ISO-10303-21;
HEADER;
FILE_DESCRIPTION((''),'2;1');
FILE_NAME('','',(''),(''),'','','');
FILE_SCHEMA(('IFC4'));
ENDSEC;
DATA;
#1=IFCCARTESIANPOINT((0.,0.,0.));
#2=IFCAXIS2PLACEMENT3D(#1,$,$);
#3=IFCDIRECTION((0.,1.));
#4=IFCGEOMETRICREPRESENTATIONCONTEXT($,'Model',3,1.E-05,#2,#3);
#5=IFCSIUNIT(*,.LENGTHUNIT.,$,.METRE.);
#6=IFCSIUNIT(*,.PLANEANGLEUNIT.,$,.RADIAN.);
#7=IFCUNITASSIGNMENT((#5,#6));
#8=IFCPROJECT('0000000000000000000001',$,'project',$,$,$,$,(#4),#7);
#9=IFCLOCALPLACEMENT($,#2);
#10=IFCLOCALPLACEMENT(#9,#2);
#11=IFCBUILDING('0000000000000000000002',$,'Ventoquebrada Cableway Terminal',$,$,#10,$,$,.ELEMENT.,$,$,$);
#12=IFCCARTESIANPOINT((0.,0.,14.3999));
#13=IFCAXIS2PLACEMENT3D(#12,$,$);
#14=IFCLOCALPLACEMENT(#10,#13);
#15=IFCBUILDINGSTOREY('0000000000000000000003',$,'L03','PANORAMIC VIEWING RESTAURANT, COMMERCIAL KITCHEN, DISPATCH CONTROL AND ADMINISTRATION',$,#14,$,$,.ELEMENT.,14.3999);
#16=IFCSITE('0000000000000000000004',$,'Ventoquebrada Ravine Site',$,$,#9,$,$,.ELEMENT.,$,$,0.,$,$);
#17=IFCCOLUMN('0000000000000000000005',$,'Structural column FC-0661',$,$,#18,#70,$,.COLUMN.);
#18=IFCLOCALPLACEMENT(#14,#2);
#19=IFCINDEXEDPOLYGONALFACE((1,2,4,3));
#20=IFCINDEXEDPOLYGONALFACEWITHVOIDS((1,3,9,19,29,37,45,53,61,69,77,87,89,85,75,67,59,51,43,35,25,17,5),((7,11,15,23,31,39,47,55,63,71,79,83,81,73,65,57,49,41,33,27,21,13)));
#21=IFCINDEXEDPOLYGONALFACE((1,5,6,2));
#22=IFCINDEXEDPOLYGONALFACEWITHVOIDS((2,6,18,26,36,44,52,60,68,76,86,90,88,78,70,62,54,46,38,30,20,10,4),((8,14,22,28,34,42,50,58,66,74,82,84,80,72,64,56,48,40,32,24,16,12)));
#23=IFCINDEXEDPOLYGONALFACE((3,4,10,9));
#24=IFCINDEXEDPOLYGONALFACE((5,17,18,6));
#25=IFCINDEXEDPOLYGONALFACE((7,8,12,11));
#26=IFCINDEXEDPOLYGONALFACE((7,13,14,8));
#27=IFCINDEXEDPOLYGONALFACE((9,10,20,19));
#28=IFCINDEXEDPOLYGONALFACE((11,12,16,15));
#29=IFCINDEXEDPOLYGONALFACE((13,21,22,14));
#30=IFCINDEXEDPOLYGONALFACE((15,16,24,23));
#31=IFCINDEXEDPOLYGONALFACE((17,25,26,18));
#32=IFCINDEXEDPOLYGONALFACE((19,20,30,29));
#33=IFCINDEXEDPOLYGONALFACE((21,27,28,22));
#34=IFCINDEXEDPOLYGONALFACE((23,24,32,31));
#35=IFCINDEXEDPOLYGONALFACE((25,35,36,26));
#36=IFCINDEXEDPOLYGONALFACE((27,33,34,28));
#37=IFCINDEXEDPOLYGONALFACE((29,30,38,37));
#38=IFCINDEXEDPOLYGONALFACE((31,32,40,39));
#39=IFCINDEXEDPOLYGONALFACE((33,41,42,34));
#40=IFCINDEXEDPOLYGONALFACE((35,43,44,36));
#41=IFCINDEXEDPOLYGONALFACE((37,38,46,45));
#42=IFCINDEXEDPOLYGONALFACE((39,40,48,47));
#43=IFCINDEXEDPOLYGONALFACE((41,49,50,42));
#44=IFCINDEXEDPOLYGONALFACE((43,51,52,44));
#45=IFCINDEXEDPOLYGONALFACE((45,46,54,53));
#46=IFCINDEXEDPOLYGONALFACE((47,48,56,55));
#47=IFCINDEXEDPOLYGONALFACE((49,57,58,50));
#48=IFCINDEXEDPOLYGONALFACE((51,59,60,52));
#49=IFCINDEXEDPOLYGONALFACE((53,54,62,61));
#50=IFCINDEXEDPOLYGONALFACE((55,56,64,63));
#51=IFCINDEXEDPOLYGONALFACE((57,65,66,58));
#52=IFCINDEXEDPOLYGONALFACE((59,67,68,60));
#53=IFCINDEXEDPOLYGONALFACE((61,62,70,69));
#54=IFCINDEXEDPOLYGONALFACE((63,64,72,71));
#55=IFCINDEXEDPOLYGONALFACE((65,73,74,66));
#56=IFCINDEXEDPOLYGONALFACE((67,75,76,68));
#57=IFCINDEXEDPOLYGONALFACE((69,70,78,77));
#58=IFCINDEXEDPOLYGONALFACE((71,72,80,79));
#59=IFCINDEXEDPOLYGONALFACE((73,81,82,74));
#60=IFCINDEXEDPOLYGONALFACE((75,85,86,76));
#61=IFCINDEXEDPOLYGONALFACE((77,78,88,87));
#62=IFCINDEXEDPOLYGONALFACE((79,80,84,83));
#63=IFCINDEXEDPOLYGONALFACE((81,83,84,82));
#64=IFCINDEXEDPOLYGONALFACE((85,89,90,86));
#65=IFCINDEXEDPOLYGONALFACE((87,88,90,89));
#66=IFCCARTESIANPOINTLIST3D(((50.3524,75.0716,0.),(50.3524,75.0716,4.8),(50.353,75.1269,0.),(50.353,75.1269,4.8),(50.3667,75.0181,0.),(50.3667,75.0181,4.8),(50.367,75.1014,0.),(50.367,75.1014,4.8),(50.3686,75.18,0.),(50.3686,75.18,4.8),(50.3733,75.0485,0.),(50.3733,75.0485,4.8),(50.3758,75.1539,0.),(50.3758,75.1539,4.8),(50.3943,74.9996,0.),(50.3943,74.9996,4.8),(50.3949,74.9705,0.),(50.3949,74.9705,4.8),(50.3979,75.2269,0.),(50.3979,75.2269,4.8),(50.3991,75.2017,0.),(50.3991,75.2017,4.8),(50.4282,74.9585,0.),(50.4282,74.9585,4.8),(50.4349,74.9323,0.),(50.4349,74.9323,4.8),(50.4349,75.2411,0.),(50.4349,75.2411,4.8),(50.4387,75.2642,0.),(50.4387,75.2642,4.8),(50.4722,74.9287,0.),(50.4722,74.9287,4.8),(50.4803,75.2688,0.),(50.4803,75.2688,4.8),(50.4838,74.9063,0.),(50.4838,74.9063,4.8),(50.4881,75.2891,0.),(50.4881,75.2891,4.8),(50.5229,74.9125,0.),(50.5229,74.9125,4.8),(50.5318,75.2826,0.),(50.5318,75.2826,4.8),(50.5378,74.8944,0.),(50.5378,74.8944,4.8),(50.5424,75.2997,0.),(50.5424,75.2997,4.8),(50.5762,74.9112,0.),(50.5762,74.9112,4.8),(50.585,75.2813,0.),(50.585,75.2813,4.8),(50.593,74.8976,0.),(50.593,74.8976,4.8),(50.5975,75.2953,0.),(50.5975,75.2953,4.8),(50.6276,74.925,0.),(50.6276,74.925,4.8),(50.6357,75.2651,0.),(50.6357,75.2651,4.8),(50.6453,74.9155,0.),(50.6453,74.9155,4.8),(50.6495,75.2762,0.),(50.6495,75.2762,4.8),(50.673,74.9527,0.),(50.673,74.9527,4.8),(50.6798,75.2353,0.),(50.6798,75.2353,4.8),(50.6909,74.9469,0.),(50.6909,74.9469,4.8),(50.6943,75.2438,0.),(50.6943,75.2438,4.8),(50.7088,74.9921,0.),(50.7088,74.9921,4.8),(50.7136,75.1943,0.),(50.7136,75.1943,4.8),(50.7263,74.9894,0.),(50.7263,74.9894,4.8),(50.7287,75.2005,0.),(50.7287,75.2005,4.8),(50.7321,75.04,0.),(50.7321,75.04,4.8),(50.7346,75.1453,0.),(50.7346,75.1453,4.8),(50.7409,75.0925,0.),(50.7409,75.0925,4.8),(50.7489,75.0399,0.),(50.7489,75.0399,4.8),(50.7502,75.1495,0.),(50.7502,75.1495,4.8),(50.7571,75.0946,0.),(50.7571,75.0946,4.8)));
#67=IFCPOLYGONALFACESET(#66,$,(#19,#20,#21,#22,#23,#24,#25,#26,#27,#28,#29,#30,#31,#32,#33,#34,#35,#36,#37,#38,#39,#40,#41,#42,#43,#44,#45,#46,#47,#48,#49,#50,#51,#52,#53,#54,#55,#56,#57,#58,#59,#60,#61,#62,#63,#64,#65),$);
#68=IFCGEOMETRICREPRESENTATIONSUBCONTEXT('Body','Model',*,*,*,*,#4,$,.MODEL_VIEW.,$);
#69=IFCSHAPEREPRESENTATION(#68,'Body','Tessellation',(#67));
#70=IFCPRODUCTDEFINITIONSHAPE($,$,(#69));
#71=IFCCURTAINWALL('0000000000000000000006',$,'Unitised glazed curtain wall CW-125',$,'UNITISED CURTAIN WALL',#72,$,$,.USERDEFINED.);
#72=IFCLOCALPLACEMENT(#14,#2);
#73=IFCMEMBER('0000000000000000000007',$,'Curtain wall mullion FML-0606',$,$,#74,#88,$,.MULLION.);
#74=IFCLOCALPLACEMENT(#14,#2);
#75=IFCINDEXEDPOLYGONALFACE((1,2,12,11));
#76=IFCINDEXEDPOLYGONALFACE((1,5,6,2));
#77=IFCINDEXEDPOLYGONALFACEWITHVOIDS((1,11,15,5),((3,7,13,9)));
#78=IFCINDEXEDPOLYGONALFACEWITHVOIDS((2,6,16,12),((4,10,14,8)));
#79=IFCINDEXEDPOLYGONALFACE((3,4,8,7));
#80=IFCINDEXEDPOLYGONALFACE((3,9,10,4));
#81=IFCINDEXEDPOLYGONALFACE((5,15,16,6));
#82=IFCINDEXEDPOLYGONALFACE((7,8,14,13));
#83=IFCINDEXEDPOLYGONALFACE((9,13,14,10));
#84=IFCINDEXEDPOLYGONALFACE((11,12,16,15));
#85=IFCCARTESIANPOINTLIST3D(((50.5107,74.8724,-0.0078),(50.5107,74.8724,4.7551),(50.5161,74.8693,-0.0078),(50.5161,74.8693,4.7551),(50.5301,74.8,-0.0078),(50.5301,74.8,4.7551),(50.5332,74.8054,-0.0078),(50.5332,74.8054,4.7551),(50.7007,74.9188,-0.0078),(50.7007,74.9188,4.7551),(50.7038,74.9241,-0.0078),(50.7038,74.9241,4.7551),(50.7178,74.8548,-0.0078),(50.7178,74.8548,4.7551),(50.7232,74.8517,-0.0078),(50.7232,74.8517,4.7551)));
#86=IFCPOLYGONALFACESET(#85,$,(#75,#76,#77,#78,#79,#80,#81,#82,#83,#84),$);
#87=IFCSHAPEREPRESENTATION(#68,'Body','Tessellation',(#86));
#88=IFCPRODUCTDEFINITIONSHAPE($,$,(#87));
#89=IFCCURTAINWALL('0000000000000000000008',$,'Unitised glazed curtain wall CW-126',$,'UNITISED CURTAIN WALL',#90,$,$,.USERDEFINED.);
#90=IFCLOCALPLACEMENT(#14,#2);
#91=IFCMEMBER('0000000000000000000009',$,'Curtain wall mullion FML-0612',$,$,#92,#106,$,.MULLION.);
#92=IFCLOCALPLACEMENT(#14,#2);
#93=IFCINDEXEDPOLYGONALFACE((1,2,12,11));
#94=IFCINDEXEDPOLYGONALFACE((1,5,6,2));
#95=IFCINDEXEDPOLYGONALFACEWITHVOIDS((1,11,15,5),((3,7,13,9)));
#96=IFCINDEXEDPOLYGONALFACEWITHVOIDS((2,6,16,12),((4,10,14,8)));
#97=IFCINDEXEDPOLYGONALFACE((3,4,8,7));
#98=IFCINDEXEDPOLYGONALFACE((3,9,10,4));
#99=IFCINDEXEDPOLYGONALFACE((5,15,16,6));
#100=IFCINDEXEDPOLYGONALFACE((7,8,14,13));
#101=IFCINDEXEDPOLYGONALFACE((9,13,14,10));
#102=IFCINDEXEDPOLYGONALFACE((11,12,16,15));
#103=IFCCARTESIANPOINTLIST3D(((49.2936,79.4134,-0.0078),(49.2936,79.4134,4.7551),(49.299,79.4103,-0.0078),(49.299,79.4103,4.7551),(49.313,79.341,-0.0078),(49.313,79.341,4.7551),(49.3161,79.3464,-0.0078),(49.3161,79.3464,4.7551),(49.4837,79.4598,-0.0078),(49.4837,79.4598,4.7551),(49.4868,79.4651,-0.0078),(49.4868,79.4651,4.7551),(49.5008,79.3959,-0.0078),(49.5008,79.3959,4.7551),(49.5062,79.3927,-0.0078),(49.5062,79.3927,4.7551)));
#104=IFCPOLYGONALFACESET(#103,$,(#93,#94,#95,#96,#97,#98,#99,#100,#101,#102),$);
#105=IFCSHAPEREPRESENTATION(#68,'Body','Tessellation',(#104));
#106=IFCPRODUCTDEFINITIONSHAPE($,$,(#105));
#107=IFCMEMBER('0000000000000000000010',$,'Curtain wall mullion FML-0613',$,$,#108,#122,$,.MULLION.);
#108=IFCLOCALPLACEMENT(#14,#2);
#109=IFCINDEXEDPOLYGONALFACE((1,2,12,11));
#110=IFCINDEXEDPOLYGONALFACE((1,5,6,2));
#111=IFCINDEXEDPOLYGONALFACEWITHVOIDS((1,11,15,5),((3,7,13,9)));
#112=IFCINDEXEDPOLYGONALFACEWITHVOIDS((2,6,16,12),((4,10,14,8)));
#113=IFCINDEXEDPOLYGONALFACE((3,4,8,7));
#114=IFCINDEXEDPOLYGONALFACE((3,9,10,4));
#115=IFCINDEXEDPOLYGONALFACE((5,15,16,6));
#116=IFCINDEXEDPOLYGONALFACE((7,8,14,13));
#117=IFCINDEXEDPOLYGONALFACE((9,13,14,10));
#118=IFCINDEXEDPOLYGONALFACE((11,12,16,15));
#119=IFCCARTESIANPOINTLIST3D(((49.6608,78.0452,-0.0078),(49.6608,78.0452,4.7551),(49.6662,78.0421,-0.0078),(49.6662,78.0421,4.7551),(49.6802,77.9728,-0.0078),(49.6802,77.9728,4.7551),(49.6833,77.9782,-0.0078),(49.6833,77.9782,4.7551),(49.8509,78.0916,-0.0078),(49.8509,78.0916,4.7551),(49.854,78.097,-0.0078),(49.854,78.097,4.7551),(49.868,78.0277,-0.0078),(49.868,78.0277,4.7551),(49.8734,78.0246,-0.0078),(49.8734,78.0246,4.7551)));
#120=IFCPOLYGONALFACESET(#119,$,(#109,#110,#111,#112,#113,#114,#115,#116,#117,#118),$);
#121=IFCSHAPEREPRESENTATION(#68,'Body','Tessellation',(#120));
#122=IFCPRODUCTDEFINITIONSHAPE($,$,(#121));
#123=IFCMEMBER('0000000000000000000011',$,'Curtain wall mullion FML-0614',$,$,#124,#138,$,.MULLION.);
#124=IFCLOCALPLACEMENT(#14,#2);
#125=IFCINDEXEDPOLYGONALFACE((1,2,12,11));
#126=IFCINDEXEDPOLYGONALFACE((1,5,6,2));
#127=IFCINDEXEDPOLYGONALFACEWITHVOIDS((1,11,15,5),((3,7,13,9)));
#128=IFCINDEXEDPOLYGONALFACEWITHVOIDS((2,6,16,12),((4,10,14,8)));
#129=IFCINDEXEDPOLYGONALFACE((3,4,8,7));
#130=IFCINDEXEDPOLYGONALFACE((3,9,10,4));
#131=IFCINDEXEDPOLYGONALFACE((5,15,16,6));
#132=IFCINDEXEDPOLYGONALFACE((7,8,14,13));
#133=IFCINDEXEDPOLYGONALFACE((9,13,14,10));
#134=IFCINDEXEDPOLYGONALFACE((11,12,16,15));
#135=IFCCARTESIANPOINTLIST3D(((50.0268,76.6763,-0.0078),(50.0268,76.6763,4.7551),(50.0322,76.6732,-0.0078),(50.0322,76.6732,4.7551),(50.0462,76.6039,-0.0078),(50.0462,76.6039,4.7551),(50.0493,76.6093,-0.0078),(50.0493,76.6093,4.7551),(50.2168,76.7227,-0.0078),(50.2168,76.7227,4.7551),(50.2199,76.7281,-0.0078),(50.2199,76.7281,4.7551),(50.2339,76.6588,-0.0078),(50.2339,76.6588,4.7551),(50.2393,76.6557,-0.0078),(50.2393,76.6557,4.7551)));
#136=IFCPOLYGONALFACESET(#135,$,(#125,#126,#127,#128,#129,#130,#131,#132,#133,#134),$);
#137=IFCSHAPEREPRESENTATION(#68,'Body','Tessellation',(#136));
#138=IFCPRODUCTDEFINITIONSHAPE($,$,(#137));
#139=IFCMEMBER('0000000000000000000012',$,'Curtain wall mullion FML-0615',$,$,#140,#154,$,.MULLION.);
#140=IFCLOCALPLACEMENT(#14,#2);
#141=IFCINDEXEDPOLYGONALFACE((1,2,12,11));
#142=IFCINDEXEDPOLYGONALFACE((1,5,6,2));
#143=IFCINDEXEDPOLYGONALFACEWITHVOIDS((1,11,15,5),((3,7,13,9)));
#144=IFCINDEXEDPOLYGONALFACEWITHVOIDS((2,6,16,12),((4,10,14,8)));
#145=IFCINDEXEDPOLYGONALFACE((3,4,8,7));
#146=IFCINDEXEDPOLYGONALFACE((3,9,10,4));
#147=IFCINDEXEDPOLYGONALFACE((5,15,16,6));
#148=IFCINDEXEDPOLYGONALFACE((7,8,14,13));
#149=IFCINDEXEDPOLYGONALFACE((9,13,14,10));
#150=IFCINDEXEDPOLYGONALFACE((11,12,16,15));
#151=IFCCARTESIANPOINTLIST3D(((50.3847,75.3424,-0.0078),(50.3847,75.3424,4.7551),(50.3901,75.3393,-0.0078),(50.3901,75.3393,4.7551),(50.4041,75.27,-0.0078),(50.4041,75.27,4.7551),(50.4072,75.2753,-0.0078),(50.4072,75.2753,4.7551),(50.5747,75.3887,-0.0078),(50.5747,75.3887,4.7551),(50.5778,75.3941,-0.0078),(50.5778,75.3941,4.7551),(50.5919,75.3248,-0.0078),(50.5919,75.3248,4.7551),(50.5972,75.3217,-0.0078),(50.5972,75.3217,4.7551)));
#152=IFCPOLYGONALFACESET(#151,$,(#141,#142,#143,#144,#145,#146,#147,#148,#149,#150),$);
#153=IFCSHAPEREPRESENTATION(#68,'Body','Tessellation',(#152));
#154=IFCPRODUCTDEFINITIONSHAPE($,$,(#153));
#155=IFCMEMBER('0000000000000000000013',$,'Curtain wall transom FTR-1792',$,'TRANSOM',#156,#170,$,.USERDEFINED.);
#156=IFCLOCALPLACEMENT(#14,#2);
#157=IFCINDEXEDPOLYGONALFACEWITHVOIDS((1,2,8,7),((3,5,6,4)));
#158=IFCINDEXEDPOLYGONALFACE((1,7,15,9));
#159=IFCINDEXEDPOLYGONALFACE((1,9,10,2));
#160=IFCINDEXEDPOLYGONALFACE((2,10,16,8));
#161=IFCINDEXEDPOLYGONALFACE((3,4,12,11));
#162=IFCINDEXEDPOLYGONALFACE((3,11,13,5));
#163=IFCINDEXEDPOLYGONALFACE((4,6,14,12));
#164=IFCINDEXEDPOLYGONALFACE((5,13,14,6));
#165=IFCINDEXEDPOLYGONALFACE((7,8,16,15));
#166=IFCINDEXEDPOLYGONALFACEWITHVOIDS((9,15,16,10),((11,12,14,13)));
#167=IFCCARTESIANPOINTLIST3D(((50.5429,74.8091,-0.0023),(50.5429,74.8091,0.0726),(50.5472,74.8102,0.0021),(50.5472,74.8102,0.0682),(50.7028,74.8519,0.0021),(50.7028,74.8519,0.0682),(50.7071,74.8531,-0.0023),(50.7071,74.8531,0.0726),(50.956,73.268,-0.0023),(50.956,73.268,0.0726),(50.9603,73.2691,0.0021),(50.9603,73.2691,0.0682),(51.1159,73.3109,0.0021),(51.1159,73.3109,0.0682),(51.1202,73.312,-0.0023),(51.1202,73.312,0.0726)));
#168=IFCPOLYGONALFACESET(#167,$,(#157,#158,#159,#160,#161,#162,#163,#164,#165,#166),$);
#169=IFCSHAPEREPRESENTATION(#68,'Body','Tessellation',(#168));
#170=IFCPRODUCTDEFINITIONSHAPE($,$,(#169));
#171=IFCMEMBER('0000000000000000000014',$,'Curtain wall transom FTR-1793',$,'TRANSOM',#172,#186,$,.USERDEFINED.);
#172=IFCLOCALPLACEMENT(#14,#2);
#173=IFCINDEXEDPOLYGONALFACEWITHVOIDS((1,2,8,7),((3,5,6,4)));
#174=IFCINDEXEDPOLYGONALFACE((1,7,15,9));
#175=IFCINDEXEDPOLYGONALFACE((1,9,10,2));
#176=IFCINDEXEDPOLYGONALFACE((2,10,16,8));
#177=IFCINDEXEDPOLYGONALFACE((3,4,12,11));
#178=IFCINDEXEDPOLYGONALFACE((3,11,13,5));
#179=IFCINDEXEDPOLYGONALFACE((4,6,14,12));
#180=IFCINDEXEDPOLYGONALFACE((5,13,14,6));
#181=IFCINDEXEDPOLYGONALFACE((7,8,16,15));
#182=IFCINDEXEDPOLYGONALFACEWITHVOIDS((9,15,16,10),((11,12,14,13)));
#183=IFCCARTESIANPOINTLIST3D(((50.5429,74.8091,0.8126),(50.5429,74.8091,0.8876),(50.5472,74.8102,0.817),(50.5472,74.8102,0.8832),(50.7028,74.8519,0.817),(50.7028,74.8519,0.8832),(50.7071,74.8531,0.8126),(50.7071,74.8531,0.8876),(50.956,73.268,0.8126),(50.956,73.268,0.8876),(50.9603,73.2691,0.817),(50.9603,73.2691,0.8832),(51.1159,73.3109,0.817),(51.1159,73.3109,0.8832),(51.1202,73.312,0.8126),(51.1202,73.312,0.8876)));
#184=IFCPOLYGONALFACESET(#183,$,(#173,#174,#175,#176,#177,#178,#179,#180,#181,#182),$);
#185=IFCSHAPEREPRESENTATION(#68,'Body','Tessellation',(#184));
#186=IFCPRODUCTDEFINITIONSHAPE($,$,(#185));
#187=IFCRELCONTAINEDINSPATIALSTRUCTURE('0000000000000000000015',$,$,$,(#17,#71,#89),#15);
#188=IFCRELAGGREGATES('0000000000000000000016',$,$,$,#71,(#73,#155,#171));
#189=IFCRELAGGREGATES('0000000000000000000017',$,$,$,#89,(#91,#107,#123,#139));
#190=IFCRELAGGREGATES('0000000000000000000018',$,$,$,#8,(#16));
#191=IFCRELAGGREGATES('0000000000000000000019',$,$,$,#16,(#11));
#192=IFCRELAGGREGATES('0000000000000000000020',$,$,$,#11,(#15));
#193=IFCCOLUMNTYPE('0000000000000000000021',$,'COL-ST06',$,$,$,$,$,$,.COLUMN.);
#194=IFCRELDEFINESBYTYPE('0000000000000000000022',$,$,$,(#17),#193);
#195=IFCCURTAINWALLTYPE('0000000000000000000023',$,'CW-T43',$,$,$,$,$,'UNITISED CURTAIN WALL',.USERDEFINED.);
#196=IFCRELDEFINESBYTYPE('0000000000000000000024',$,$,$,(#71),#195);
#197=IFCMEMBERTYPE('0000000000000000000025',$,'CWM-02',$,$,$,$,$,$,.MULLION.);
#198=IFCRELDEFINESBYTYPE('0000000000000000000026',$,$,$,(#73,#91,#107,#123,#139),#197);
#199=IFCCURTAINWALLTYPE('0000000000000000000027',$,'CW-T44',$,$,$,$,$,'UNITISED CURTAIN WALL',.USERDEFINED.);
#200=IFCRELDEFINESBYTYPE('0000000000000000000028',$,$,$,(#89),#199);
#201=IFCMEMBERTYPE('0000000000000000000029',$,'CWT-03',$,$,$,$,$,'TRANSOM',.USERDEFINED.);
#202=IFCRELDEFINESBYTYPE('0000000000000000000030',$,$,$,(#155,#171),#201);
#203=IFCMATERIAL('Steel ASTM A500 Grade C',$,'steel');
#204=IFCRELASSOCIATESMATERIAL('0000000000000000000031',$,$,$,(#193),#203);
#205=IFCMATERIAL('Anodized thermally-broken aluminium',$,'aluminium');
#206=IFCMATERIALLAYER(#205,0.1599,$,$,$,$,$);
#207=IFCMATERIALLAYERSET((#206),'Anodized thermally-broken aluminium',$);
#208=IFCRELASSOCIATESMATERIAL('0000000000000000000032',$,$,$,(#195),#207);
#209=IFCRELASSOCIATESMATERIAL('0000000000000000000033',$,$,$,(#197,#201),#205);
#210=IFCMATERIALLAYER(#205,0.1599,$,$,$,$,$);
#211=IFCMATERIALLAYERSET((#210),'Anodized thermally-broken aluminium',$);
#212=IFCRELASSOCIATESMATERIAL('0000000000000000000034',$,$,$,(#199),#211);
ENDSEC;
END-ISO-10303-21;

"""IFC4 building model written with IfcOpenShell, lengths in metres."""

from ifc_helpers import new_model, si_unit, direction, frame, origin, origin_2d, place, context, subcontext, project, spatial, hollow_rectangle, hollow_circle, extrude, material, layer, layer_set, material_profile, profile_set, type_object, element, aggregate, save


model = new_model("IFC4")

# Units and contexts
model_context = context("Model", 3, precision=1e-05, world=origin(), true_north=direction((0.0, 1.0)))
body_context = subcontext(model_context, "Body", "Model", "MODEL_VIEW")
ifc_project = project(units=[si_unit("LENGTHUNIT", "METRE"), si_unit("PLANEANGLEUNIT", "RADIAN")], contexts=[model_context])

# Site, building, storey
site_placement = place(None, origin())
site = spatial("IfcSite", under=ifc_project, at=site_placement, Name="Ventoquebrada Ravine Site", CompositionType="ELEMENT", RefElevation=0.0)
building_placement = place(site_placement, origin())
building = spatial("IfcBuilding", under=site, at=building_placement, Name="Ventoquebrada Cableway Terminal", CompositionType="ELEMENT")
storey_placement = place(building_placement, frame((0.0, 0.0, 14.3999)))
storey = spatial("IfcBuildingStorey", under=building, at=storey_placement, Name="L03", Description="PANORAMIC VIEWING RESTAURANT, COMMERCIAL KITCHEN, DISPATCH CONTROL AND ADMINISTRATION", CompositionType="ELEMENT", Elevation=14.3999)

# Column
ifc_material_1 = material(Name="Steel ASTM A500 Grade C", Category="steel")
ifc_material_profile_1 = material_profile(ifc_material_1, hollow_circle(Radius=0.2031, WallThickness=0.0161, at=origin_2d()), Name="CHS406.4X16")
ifc_profile_set_1 = profile_set([ifc_material_profile_1], Name="Steel ASTM A500 Grade C")
column_type = type_object("IfcColumnType", Name="COL-ST06", PredefinedType="COLUMN", material=ifc_profile_set_1)
column_placement = place(storey_placement, frame((50.554, 75.0969, 0.0), z_axis=(0.0, 0.0, 1.0), x_axis=(0.965926, 0.258819, 0.0)))
element("IfcColumn", 1, at=column_placement, inside=storey, type_object=column_type, Name="Structural column FC-0661", PredefinedType="COLUMN", context=body_context, shape_type="SweptSolid", body=[
    extrude(hollow_circle(Radius=0.2031, WallThickness=0.0161, at=origin_2d()), origin(), (0.0, 0.0, 1.0), 4.8),
])

# Curtain wall, member
ifc_material_2 = material(Name="Anodized thermally-broken aluminium", Category="aluminium")
ifc_layer_1 = layer(ifc_material_2, 0.1599)
ifc_layer_set_1 = layer_set([ifc_layer_1], Name="Anodized thermally-broken aluminium")
curtain_wall_type_1 = type_object("IfcCurtainWallType", Name="CW-T43", ElementType="UNITISED CURTAIN WALL", PredefinedType="USERDEFINED", material=ifc_layer_set_1)
curtain_wall_1_placement = place(storey_placement, origin())
curtain_wall_1 = element("IfcCurtainWall", 2, at=curtain_wall_1_placement, inside=storey, type_object=curtain_wall_type_1, Name="Unitised glazed curtain wall CW-125", ObjectType="UNITISED CURTAIN WALL", PredefinedType="USERDEFINED")
ifc_material_profile_2 = material_profile(ifc_material_2, hollow_rectangle(XDim=0.075, YDim=0.2, WallThickness=0.0044, at=origin_2d()), Name="CW-MUL-75X200")
ifc_profile_set_2 = profile_set([ifc_material_profile_2], Name="Anodized thermally-broken aluminium")
member_type_1 = type_object("IfcMemberType", Name="CWM-02", PredefinedType="MULLION", material=ifc_profile_set_2)
member_1_placement = place(storey_placement, frame((50.6169, 74.8621, -0.0078), z_axis=(0.0, 0.0, 1.0), x_axis=(0.258836, -0.965921, 0.0)))
member_1 = element("IfcMember", 3, at=member_1_placement, type_object=member_type_1, Name="Curtain wall mullion FML-0606", PredefinedType="MULLION", context=body_context, shape_type="SweptSolid", body=[
    extrude(hollow_rectangle(XDim=0.075, YDim=0.2, WallThickness=0.0044, at=origin_2d()), origin(), (0.0, 0.0, 1.0), 4.7629),
])

# Curtain wall, members
ifc_layer_2 = layer(ifc_material_2, 0.1599)
ifc_layer_set_2 = layer_set([ifc_layer_2], Name="Anodized thermally-broken aluminium")
curtain_wall_type_2 = type_object("IfcCurtainWallType", Name="CW-T44", ElementType="UNITISED CURTAIN WALL", PredefinedType="USERDEFINED", material=ifc_layer_set_2)
curtain_wall_2_placement = place(storey_placement, origin())
curtain_wall_2 = element("IfcCurtainWall", 4, at=curtain_wall_2_placement, inside=storey, type_object=curtain_wall_type_2, Name="Unitised glazed curtain wall CW-126", ObjectType="UNITISED CURTAIN WALL", PredefinedType="USERDEFINED")
member_2_placement = place(storey_placement, frame((49.3999, 79.4031, -0.0078), z_axis=(0.0, 0.0, 1.0), x_axis=(0.258785, -0.965935, 0.0)))
member_2 = element("IfcMember", 5, at=member_2_placement, type_object=member_type_1, Name="Curtain wall mullion FML-0612", PredefinedType="MULLION", context=body_context, shape_type="SweptSolid", body=[
    extrude(hollow_rectangle(XDim=0.075, YDim=0.2, WallThickness=0.0044, at=origin_2d()), origin(), (0.0, 0.0, 1.0), 4.7629),
])
member_3_placement = place(storey_placement, frame((49.7671, 78.0349, -0.0078), z_axis=(0.0, 0.0, 1.0), x_axis=(0.258785, -0.965935, 0.0)))
member_3 = element("IfcMember", 6, at=member_3_placement, type_object=member_type_1, Name="Curtain wall mullion FML-0613", PredefinedType="MULLION", context=body_context, shape_type="SweptSolid", body=[
    extrude(hollow_rectangle(XDim=0.075, YDim=0.2, WallThickness=0.0044, at=origin_2d()), origin(), (0.0, 0.0, 1.0), 4.7629),
])
member_4_placement = place(storey_placement, frame((50.1331, 76.666, -0.0078), z_axis=(0.0, 0.0, 1.0), x_axis=(0.258785, -0.965935, 0.0)))
member_4 = element("IfcMember", 7, at=member_4_placement, type_object=member_type_1, Name="Curtain wall mullion FML-0614", PredefinedType="MULLION", context=body_context, shape_type="SweptSolid", body=[
    extrude(hollow_rectangle(XDim=0.075, YDim=0.2, WallThickness=0.0044, at=origin_2d()), origin(), (0.0, 0.0, 1.0), 4.7629),
])
member_5_placement = place(storey_placement, frame((50.491, 75.332, -0.0078), z_axis=(0.0, 0.0, 1.0), x_axis=(0.258785, -0.965935, 0.0)))
member_5 = element("IfcMember", 8, at=member_5_placement, type_object=member_type_1, Name="Curtain wall mullion FML-0615", PredefinedType="MULLION", context=body_context, shape_type="SweptSolid", body=[
    extrude(hollow_rectangle(XDim=0.075, YDim=0.2, WallThickness=0.0044, at=origin_2d()), origin(), (0.0, 0.0, 1.0), 4.7629),
])

# Members
ifc_material_profile_3 = material_profile(ifc_material_2, hollow_rectangle(XDim=0.075, YDim=0.1699, WallThickness=0.0044, at=origin_2d()), Name="CW-TRN-75X170")
ifc_profile_set_3 = profile_set([ifc_material_profile_3], Name="Anodized thermally-broken aluminium")
member_type_2 = type_object("IfcMemberType", Name="CWT-03", ElementType="TRANSOM", PredefinedType="USERDEFINED", material=ifc_profile_set_3)
member_6_placement = place(storey_placement, frame((50.625, 74.8311, 0.0352), z_axis=(0.25892, -0.965899, 0.0), x_axis=(0.0, 0.0, 1.0)))
member_6 = element("IfcMember", 9, at=member_6_placement, type_object=member_type_2, Name="Curtain wall transom FTR-1792", ObjectType="TRANSOM", PredefinedType="USERDEFINED", context=body_context, shape_type="SweptSolid", body=[
    extrude(hollow_rectangle(XDim=0.075, YDim=0.1699, WallThickness=0.0044, at=origin_2d()), origin(), (0.0, 0.0, 1.0), 1.5955),
])
member_7_placement = place(storey_placement, frame((50.625, 74.8311, 0.8501), z_axis=(0.25892, -0.965899, 0.0), x_axis=(0.0, 0.0, 1.0)))
member_7 = element("IfcMember", 10, at=member_7_placement, type_object=member_type_2, Name="Curtain wall transom FTR-1793", ObjectType="TRANSOM", PredefinedType="USERDEFINED", context=body_context, shape_type="SweptSolid", body=[
    extrude(hollow_rectangle(XDim=0.075, YDim=0.1699, WallThickness=0.0044, at=origin_2d()), origin(), (0.0, 0.0, 1.0), 1.5955),
])

aggregate(curtain_wall_1, [member_1, member_6, member_7])
aggregate(curtain_wall_2, [member_2, member_3, member_4, member_5])

save(model, "model.ifc")
